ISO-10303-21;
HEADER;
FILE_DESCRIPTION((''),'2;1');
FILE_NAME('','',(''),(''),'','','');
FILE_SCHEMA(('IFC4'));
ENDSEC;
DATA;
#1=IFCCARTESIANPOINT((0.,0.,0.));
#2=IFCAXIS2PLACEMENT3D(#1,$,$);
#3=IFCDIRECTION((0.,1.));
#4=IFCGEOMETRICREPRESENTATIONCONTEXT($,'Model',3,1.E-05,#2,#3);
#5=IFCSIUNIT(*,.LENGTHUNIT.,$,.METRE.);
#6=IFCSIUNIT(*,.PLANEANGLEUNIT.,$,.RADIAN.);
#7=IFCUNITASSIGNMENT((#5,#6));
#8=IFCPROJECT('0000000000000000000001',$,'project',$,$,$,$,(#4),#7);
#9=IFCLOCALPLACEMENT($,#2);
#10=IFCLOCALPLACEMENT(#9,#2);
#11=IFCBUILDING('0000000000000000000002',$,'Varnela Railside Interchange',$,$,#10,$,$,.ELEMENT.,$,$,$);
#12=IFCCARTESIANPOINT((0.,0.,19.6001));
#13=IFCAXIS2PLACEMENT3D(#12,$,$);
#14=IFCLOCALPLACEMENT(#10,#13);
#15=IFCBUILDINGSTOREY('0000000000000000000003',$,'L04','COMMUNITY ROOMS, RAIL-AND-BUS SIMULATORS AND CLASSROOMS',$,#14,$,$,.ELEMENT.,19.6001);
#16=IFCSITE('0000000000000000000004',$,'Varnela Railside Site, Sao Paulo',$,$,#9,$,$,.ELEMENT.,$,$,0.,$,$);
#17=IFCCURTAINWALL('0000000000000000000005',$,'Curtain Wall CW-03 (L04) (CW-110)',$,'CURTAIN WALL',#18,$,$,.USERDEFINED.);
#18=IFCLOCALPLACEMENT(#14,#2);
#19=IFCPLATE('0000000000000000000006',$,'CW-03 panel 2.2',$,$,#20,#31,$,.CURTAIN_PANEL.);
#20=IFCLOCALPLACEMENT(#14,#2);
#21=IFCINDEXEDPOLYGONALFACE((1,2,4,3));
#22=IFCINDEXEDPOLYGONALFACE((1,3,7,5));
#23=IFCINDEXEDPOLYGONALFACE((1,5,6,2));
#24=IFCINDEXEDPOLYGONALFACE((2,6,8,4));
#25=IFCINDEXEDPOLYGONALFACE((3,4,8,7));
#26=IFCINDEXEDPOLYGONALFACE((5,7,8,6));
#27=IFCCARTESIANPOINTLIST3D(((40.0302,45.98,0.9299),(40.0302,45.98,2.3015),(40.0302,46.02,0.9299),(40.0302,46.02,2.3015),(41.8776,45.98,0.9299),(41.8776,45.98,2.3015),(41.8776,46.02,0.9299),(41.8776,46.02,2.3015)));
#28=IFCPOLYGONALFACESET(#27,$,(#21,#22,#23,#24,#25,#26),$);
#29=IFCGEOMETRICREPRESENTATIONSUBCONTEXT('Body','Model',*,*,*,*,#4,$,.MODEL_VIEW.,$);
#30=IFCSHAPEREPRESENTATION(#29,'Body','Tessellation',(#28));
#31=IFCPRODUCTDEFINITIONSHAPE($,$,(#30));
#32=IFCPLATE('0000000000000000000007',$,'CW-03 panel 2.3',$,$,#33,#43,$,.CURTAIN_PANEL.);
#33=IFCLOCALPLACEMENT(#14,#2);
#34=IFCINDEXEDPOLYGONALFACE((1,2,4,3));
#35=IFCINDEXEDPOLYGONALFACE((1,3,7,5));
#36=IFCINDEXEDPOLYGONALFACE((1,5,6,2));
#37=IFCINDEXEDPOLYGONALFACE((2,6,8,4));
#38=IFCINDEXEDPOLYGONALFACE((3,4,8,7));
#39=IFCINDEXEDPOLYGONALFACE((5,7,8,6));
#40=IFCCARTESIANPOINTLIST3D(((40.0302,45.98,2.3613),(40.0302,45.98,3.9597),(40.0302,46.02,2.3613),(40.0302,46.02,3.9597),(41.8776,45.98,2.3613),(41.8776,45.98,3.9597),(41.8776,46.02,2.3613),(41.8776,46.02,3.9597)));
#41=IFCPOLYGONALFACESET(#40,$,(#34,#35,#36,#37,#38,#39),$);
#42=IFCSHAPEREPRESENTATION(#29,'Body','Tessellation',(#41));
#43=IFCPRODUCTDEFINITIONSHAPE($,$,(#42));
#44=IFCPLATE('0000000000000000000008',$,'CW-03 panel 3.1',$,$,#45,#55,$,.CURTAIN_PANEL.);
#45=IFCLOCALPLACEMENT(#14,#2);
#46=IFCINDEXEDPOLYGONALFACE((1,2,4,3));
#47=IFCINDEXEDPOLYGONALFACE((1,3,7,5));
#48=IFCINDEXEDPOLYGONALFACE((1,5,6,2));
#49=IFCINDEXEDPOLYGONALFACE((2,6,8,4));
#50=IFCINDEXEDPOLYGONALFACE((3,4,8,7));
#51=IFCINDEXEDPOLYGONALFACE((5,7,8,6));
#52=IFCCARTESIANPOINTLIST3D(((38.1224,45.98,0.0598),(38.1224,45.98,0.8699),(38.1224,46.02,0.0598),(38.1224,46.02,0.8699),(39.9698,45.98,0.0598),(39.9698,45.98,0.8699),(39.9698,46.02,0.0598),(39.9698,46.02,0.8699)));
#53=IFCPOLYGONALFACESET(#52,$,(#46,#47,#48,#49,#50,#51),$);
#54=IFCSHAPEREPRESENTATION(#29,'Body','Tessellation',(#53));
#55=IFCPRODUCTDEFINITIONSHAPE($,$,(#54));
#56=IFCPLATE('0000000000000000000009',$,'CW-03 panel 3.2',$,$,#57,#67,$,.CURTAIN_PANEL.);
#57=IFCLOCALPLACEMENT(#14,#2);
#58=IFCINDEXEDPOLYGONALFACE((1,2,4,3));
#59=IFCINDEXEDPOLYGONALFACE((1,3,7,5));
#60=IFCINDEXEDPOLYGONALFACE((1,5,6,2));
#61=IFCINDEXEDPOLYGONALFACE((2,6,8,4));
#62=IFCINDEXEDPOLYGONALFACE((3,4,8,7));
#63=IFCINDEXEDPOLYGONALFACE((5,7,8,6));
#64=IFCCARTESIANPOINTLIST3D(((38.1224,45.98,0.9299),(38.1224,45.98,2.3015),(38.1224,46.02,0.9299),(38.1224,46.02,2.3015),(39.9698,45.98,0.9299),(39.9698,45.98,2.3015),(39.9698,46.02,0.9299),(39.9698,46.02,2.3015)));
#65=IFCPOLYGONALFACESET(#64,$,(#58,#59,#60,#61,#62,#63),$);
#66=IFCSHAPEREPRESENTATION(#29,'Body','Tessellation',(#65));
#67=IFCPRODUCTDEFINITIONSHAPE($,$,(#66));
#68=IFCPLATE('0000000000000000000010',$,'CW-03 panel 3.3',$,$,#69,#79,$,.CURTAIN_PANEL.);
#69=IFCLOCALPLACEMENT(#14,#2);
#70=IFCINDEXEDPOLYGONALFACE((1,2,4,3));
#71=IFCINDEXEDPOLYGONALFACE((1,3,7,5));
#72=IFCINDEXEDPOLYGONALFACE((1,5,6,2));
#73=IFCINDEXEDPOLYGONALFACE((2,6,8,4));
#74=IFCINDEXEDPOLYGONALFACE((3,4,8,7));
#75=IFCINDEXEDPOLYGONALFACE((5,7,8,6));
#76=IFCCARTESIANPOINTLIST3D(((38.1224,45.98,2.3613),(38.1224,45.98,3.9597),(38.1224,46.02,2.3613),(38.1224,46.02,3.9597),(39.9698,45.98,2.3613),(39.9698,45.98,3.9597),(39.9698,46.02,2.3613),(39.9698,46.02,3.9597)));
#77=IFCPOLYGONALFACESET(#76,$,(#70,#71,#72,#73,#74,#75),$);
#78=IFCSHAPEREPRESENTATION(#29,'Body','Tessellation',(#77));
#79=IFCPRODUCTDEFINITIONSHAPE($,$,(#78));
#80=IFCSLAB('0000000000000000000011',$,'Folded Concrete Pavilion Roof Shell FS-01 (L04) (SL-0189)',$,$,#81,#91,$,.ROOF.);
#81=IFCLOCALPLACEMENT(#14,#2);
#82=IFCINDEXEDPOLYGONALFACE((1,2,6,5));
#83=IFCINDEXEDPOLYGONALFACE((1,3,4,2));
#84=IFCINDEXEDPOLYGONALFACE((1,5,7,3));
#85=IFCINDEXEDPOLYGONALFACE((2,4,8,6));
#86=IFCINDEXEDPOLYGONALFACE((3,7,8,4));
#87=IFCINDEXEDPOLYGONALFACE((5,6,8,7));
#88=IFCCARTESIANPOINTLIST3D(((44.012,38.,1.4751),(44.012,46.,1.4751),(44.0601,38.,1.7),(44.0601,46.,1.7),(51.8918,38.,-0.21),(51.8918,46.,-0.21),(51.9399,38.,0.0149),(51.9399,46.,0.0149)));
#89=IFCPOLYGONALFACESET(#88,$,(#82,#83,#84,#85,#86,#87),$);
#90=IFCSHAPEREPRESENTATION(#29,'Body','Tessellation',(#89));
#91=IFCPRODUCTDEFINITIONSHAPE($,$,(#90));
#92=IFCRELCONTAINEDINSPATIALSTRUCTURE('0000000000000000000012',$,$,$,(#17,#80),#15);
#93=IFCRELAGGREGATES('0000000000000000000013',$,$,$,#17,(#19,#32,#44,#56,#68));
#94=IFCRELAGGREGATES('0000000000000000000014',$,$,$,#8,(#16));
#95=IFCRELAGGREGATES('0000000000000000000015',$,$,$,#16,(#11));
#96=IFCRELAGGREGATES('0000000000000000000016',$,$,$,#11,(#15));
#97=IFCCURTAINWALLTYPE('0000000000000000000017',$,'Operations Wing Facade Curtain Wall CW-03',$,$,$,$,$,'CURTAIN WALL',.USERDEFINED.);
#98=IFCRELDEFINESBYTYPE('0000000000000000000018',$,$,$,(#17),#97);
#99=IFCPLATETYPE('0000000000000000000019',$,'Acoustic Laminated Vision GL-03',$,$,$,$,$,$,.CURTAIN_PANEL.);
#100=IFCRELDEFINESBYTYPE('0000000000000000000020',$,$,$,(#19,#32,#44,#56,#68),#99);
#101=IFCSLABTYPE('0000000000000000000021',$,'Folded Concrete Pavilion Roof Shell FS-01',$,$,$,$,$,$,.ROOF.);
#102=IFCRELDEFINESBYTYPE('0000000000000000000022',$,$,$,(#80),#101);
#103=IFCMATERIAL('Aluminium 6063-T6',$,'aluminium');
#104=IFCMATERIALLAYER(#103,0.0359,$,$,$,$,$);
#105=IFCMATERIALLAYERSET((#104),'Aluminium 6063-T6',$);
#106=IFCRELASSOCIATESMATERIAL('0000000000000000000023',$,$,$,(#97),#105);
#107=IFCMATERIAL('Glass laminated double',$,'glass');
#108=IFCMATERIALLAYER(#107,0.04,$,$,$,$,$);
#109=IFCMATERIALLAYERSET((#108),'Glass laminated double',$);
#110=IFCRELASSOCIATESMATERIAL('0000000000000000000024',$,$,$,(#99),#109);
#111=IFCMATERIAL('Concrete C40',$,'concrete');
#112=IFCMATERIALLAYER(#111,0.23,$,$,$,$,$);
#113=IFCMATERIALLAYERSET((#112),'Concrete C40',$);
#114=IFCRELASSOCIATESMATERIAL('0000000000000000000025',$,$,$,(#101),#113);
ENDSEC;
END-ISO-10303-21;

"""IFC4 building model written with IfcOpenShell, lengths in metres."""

from ifc_helpers import new_model, si_unit, direction, frame, origin, origin_2d, place, context, subcontext, project, spatial, polyline, rectangle, outline, extrude, material, layer, layer_set, type_object, element, aggregate, save


model = new_model("IFC4")

# Units and contexts
model_context = context("Model", 3, precision=1e-05, world=origin(), true_north=direction((0.0, 1.0)))
body_context = subcontext(model_context, "Body", "Model", "MODEL_VIEW")
ifc_project = project(units=[si_unit("LENGTHUNIT", "METRE"), si_unit("PLANEANGLEUNIT", "RADIAN")], contexts=[model_context])

# Site, building, storey
site_placement = place(None, origin())
site = spatial("IfcSite", under=ifc_project, at=site_placement, Name="Varnela Railside Site, Sao Paulo", CompositionType="ELEMENT", RefElevation=0.0)
building_placement = place(site_placement, origin())
building = spatial("IfcBuilding", under=site, at=building_placement, Name="Varnela Railside Interchange", CompositionType="ELEMENT")
storey_placement = place(building_placement, frame((0.0, 0.0, 19.6001)))
storey = spatial("IfcBuildingStorey", under=building, at=storey_placement, Name="L04", Description="COMMUNITY ROOMS, RAIL-AND-BUS SIMULATORS AND CLASSROOMS", CompositionType="ELEMENT", Elevation=19.6001)

# Shared definitions
ifc_material_1 = material(Name="Aluminium 6063-T6", Category="aluminium")
ifc_layer_1 = layer(ifc_material_1, 0.0359)
ifc_layer_set_1 = layer_set([ifc_layer_1], Name="Aluminium 6063-T6")
curtain_wall_type = type_object("IfcCurtainWallType", Name="Operations Wing Facade Curtain Wall CW-03", ElementType="CURTAIN WALL", PredefinedType="USERDEFINED", material=ifc_layer_set_1)

# Curtain wall
curtain_wall_1_placement = place(storey_placement, origin())
curtain_wall_1 = element("IfcCurtainWall", 1, at=curtain_wall_1_placement, inside=storey, type_object=curtain_wall_type, Name="Curtain Wall CW-03 (L04) (CW-110)", ObjectType="CURTAIN WALL", PredefinedType="USERDEFINED")

# Plates
ifc_material_2 = material(Name="Glass laminated double", Category="glass")
ifc_layer_2 = layer(ifc_material_2, 0.04)
ifc_layer_set_2 = layer_set([ifc_layer_2], Name="Glass laminated double")
plate_type = type_object("IfcPlateType", Name="Acoustic Laminated Vision GL-03", PredefinedType="CURTAIN_PANEL", material=ifc_layer_set_2)
plate_1_placement = place(storey_placement, frame((40.9539, 46.0, 0.9299), z_axis=(0.0, 0.0, 1.0), x_axis=(-1.0, 0.0, 0.0)))
plate_1 = element("IfcPlate", 2, at=plate_1_placement, type_object=plate_type, Name="CW-03 panel 2.2", PredefinedType="CURTAIN_PANEL", context=body_context, shape_type="SweptSolid", body=[
    extrude(rectangle(XDim=1.8474, YDim=0.04, at=origin_2d()), origin(), (0.0, 0.0, 1.0), 1.3716),
])
plate_2_placement = place(storey_placement, frame((40.9539, 46.0, 2.3613), z_axis=(0.0, 0.0, 1.0), x_axis=(-1.0, 0.0, 0.0)))
plate_2 = element("IfcPlate", 3, at=plate_2_placement, type_object=plate_type, Name="CW-03 panel 2.3", PredefinedType="CURTAIN_PANEL", context=body_context, shape_type="SweptSolid", body=[
    extrude(rectangle(XDim=1.8474, YDim=0.04, at=origin_2d()), origin(), (0.0, 0.0, 1.0), 1.5984),
])
plate_3_placement = place(storey_placement, frame((39.0461, 46.0, 0.0598), z_axis=(0.0, 0.0, 1.0), x_axis=(-1.0, 0.0, 0.0)))
plate_3 = element("IfcPlate", 4, at=plate_3_placement, type_object=plate_type, Name="CW-03 panel 3.1", PredefinedType="CURTAIN_PANEL", context=body_context, shape_type="SweptSolid", body=[
    extrude(rectangle(XDim=1.8474, YDim=0.04, at=origin_2d()), origin(), (0.0, 0.0, 1.0), 0.8101),
])
plate_4_placement = place(storey_placement, frame((39.0461, 46.0, 0.9299), z_axis=(0.0, 0.0, 1.0), x_axis=(-1.0, 0.0, 0.0)))
plate_4 = element("IfcPlate", 5, at=plate_4_placement, type_object=plate_type, Name="CW-03 panel 3.2", PredefinedType="CURTAIN_PANEL", context=body_context, shape_type="SweptSolid", body=[
    extrude(rectangle(XDim=1.8474, YDim=0.04, at=origin_2d()), origin(), (0.0, 0.0, 1.0), 1.3716),
])
plate_5_placement = place(storey_placement, frame((39.0461, 46.0, 2.3613), z_axis=(0.0, 0.0, 1.0), x_axis=(-1.0, 0.0, 0.0)))
plate_5 = element("IfcPlate", 6, at=plate_5_placement, type_object=plate_type, Name="CW-03 panel 3.3", PredefinedType="CURTAIN_PANEL", context=body_context, shape_type="SweptSolid", body=[
    extrude(rectangle(XDim=1.8474, YDim=0.04, at=origin_2d()), origin(), (0.0, 0.0, 1.0), 1.5984),
])
aggregate(curtain_wall_1, [plate_1, plate_2, plate_3, plate_4, plate_5])

# Slab
ifc_material_3 = material(Name="Concrete C40", Category="concrete")
ifc_layer_3 = layer(ifc_material_3, 0.23)
ifc_layer_set_3 = layer_set([ifc_layer_3], Name="Concrete C40")
slab_type = type_object("IfcSlabType", Name="Folded Concrete Pavilion Roof Shell FS-01", PredefinedType="ROOF", material=ifc_layer_set_3)
slab_placement = place(storey_placement, frame((44.0601, 38.0, 1.7), z_axis=(0.209115, 0.0, 0.977891), x_axis=(0.977891, 0.0, -0.209115)))
element("IfcSlab", 7, at=slab_placement, inside=storey, type_object=slab_type, Name="Folded Concrete Pavilion Roof Shell FS-01 (L04) (SL-0189)", PredefinedType="ROOF", context=body_context, shape_type="SweptSolid", body=[
    extrude(outline(polyline([(0.0, 0.0), (8.058, 0.0), (8.058, 8.0), (0.0, 8.0), (0.0, 0.0)])), origin(), (0.0, 0.0, -1.0), 0.23),
])

save(model, "model.ifc")
